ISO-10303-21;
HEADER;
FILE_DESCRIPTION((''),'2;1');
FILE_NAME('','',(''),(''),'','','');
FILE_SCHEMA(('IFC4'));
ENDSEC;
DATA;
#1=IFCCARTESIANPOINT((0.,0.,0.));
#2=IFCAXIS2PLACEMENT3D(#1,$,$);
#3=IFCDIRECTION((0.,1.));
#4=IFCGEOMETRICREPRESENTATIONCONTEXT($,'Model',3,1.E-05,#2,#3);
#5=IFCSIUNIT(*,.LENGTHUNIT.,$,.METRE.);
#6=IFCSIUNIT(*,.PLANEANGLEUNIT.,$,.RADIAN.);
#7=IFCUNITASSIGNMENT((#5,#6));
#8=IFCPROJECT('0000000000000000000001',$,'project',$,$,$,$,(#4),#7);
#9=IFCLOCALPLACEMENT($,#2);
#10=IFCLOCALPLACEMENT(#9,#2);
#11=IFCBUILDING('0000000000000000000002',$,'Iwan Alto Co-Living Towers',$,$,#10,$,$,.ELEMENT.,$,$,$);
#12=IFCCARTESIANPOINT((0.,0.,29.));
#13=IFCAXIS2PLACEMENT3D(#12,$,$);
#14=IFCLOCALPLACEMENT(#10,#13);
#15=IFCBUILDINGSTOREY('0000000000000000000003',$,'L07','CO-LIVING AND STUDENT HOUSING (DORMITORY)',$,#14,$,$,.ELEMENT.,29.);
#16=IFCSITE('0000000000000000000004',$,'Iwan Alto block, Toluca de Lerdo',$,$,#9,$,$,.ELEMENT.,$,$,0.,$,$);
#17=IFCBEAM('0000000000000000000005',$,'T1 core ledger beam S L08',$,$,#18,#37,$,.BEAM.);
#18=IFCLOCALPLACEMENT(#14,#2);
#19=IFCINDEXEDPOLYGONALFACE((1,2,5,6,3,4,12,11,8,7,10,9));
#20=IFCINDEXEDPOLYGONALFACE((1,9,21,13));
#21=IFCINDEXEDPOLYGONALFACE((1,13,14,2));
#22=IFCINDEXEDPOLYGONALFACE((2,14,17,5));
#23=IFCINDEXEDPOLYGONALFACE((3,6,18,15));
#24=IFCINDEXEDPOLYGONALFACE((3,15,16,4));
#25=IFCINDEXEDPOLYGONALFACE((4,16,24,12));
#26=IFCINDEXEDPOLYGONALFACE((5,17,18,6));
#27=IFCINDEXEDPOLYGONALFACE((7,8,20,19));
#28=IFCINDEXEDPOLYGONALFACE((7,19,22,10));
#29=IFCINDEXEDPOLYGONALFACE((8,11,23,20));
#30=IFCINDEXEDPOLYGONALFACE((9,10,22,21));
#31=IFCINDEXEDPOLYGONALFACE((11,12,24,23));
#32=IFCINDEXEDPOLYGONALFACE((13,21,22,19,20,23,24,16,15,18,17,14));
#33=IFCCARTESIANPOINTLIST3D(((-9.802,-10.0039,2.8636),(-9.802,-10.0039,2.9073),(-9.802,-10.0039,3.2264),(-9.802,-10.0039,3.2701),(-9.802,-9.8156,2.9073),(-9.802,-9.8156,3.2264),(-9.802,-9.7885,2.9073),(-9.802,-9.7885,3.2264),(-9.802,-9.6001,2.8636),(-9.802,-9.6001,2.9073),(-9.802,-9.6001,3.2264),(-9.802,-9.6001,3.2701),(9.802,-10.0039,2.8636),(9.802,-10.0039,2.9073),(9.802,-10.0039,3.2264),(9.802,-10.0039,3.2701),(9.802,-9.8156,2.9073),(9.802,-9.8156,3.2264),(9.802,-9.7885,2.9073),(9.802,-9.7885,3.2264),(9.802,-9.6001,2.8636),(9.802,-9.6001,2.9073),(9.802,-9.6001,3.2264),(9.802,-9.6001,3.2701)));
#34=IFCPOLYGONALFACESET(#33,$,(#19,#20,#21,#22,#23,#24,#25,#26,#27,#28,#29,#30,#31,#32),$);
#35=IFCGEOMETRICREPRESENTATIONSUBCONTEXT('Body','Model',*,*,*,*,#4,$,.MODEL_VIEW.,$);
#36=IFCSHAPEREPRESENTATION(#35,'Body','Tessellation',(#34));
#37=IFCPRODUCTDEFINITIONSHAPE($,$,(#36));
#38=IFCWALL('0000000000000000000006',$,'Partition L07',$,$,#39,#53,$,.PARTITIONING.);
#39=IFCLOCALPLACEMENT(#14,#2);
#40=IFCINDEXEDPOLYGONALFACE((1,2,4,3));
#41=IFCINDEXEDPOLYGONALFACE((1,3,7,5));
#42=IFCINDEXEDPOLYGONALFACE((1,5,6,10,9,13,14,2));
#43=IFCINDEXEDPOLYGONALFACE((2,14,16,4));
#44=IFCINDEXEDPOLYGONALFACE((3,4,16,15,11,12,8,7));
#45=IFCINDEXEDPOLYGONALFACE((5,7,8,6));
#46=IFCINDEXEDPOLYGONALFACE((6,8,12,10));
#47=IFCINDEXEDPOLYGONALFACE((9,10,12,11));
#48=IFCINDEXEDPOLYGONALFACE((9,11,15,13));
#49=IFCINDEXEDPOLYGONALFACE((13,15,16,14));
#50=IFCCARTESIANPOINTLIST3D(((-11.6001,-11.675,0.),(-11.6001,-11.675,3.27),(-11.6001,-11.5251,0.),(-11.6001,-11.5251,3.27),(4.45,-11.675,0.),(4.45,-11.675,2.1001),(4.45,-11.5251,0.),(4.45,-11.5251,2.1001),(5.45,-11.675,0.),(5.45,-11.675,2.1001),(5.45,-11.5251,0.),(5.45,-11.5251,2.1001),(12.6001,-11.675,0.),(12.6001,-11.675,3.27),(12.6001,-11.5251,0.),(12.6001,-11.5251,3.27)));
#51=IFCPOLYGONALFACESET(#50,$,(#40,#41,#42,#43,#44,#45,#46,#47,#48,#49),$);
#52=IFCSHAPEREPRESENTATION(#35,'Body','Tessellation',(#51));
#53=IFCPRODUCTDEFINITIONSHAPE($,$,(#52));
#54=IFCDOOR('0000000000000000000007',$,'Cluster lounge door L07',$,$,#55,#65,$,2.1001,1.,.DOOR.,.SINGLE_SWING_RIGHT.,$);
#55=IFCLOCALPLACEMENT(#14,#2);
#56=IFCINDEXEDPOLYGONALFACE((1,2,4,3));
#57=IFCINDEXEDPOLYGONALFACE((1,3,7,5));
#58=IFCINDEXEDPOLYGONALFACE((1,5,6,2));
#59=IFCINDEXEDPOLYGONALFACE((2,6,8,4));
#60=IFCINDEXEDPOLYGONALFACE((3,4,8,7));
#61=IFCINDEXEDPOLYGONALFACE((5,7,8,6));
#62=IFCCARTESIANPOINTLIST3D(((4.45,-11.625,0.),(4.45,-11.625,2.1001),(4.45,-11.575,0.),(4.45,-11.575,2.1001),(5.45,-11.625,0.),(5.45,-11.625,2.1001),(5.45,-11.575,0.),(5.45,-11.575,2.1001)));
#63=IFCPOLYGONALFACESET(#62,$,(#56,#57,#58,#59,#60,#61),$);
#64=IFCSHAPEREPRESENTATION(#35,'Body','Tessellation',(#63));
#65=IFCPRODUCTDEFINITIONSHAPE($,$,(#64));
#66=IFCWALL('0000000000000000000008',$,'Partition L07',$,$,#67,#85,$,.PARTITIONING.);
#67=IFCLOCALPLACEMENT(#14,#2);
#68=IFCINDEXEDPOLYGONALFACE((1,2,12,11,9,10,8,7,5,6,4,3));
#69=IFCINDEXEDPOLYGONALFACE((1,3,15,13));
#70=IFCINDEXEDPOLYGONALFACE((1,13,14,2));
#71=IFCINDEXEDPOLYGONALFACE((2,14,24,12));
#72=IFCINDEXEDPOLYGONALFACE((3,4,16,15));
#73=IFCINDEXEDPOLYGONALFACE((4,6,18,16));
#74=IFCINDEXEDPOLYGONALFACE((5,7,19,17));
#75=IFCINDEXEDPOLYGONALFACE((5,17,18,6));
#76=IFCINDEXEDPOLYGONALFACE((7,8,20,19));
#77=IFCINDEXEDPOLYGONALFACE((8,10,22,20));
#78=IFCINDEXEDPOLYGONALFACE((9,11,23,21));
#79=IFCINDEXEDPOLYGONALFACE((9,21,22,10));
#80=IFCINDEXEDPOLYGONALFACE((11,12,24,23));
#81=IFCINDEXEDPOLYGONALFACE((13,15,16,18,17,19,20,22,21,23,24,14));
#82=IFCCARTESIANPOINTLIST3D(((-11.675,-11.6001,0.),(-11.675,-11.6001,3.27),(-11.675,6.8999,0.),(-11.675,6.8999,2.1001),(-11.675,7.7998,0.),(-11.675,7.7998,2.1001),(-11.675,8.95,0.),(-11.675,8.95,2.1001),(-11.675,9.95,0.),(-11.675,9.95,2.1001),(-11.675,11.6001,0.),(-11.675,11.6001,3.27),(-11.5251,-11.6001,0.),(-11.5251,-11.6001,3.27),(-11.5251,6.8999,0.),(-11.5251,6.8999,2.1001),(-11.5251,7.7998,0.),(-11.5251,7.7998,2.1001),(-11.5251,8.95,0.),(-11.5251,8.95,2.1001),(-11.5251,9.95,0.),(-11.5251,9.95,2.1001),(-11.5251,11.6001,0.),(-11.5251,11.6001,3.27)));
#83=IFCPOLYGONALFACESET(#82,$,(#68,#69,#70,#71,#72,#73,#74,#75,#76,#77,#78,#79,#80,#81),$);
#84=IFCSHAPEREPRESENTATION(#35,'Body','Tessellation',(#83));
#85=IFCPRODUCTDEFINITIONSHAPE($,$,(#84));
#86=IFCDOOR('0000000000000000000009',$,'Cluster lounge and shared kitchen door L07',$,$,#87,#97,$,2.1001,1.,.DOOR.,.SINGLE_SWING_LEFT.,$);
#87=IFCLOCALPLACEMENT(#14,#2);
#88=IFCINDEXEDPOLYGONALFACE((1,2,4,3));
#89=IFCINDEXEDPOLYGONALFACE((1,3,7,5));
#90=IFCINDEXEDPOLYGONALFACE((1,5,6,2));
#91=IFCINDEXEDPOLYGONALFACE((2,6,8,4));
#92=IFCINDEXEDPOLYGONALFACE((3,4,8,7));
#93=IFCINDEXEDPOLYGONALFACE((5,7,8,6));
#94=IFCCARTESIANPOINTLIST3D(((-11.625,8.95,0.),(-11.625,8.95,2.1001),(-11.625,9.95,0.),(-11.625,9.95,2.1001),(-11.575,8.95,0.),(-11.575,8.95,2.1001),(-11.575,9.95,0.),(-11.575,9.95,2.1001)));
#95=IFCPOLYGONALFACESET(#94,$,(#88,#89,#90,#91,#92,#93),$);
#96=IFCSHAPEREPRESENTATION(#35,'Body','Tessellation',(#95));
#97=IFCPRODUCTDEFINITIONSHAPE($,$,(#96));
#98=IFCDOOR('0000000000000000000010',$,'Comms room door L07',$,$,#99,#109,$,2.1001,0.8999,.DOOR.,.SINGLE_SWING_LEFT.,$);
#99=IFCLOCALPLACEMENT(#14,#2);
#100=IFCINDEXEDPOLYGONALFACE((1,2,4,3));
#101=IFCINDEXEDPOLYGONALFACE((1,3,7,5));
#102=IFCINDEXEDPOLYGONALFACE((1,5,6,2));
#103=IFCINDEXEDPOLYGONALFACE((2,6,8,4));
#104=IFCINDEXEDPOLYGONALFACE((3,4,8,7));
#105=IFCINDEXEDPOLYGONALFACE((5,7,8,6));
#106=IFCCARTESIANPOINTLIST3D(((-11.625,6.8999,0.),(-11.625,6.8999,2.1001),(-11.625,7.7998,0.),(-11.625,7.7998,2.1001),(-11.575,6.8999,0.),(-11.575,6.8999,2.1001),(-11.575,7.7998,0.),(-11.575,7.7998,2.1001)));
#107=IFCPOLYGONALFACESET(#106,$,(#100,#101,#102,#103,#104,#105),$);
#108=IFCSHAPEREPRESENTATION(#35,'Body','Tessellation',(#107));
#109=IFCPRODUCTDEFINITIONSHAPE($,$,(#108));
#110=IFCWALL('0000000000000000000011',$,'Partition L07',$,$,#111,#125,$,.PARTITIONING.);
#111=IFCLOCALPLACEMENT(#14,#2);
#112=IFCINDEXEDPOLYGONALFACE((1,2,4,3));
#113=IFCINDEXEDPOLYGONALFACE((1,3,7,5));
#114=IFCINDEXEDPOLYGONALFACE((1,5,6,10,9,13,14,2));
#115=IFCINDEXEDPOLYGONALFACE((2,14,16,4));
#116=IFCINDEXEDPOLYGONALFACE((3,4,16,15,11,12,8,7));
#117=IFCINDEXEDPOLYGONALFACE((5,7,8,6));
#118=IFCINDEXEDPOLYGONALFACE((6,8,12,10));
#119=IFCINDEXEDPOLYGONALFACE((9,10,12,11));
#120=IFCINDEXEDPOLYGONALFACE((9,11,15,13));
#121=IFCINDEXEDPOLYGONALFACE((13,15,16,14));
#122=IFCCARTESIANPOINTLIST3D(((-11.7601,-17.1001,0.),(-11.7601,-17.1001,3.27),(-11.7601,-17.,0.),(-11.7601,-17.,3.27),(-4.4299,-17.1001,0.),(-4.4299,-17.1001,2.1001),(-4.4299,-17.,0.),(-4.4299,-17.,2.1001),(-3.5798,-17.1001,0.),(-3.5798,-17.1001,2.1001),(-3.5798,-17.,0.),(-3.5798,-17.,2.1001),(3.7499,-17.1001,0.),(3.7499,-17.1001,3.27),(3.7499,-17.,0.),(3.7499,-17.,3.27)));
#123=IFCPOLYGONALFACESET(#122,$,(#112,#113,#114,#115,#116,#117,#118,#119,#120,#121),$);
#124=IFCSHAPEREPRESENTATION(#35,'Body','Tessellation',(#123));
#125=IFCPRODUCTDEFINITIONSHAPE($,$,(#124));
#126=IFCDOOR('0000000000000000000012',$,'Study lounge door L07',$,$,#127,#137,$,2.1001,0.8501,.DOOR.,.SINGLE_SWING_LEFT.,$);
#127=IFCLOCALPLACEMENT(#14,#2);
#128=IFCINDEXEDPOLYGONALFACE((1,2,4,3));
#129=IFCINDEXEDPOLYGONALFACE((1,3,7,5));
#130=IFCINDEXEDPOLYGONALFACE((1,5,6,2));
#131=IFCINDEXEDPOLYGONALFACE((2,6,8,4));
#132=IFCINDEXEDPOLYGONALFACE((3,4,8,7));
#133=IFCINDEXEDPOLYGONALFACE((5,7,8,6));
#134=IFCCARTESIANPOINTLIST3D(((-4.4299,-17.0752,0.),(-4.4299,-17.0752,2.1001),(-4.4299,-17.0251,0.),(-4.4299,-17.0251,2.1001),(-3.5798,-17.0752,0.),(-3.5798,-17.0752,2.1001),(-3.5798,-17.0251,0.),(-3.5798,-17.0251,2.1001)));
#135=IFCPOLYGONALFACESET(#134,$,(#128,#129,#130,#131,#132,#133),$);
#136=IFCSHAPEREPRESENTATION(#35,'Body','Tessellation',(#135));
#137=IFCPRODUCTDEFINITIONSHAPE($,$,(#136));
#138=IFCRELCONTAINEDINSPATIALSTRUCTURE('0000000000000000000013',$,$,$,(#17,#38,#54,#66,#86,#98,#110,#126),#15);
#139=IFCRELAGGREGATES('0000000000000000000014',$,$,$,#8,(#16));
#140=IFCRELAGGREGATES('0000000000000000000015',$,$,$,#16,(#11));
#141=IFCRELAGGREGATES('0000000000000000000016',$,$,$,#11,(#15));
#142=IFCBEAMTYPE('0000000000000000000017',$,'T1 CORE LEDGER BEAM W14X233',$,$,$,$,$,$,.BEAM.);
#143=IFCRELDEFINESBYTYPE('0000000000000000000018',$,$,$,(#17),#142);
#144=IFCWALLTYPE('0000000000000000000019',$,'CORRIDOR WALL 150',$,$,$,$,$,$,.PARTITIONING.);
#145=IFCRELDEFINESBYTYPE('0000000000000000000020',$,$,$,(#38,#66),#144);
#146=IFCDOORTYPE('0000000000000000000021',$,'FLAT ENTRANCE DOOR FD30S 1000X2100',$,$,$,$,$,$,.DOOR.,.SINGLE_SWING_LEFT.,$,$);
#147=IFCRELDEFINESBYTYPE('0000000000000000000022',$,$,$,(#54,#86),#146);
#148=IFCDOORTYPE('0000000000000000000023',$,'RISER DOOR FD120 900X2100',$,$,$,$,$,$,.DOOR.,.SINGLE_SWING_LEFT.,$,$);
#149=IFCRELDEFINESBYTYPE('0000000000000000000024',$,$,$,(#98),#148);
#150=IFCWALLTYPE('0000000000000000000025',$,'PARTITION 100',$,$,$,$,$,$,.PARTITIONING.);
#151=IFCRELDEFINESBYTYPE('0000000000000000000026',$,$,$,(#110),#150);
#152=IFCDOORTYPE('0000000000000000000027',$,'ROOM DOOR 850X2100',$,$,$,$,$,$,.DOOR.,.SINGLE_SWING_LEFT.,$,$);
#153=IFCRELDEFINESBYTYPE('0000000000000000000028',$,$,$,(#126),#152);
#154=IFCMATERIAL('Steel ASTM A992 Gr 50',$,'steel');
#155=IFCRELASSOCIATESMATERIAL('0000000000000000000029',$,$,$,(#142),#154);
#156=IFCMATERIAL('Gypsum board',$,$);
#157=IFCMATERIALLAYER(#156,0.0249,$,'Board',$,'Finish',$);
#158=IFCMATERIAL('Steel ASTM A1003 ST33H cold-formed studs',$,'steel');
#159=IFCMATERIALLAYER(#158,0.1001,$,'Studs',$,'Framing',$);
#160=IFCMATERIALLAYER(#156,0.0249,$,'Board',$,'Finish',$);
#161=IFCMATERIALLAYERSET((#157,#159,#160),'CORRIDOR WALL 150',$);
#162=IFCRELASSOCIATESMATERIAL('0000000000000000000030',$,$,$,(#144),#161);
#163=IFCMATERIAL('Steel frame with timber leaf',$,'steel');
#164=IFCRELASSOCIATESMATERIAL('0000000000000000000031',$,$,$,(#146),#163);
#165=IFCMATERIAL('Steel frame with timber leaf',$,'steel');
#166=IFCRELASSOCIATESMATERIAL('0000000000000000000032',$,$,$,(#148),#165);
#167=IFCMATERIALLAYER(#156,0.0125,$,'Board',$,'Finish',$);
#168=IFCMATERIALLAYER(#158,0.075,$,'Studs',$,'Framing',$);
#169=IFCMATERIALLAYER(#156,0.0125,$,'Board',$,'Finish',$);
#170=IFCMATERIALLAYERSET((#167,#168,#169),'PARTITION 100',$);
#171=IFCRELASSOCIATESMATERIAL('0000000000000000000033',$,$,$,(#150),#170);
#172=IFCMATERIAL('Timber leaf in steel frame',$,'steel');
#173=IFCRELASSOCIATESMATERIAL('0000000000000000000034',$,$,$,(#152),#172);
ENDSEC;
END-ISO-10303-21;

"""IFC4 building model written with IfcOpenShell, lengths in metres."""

from ifc_helpers import new_model, si_unit, direction, frame, frame_2d, origin, origin_2d, place, context, subcontext, project, spatial, rectangle, i_section, extrude, material, layer, layer_set, material_profile, profile_set, type_object, element, fill, save


model = new_model("IFC4")

# Units and contexts
model_context = context("Model", 3, precision=1e-05, world=origin(), true_north=direction((0.0, 1.0)))
body_context = subcontext(model_context, "Body", "Model", "MODEL_VIEW")
ifc_project = project(units=[si_unit("LENGTHUNIT", "METRE"), si_unit("PLANEANGLEUNIT", "RADIAN")], contexts=[model_context])

# Site, building, storey
site_placement = place(None, origin())
site = spatial("IfcSite", under=ifc_project, at=site_placement, Name="Iwan Alto block, Toluca de Lerdo", CompositionType="ELEMENT", RefElevation=0.0)
building_placement = place(site_placement, origin())
building = spatial("IfcBuilding", under=site, at=building_placement, Name="Iwan Alto Co-Living Towers", CompositionType="ELEMENT")
storey_placement = place(building_placement, frame((0.0, 0.0, 29.0)))
storey = spatial("IfcBuildingStorey", under=building, at=storey_placement, Name="L07", Description="CO-LIVING AND STUDENT HOUSING (DORMITORY)", CompositionType="ELEMENT", Elevation=29.0)

# Beam
ifc_material_1 = material(Name="Steel ASTM A992 Gr 50", Category="steel")
ifc_material_profile = material_profile(ifc_material_1, i_section(OverallWidth=0.4038, OverallDepth=0.4065, WebThickness=0.0271, FlangeThickness=0.0437, at=origin_2d()), Name="W14X233")
ifc_profile_set = profile_set([ifc_material_profile], Name="Steel ASTM A992 Gr 50")
beam_type = type_object("IfcBeamType", Name="T1 CORE LEDGER BEAM W14X233", PredefinedType="BEAM", material=ifc_profile_set)
beam_placement = place(storey_placement, frame((-9.802, -9.802, 3.0669), z_axis=(1.0, 0.0, 0.0), x_axis=(0.0, 1.0, 0.0)))
element("IfcBeam", 1, at=beam_placement, inside=storey, type_object=beam_type, Name="T1 core ledger beam S L08", PredefinedType="BEAM", context=body_context, shape_type="SweptSolid", body=[
    extrude(i_section(OverallWidth=0.4038, OverallDepth=0.4065, WebThickness=0.0271, FlangeThickness=0.0437, at=origin_2d()), origin(), (0.0, 0.0, 1.0), 19.604),
])

# Wall, opening, door
ifc_material_2 = material(Name="Gypsum board")
ifc_layer_1 = layer(ifc_material_2, 0.0249, Name="Board", Category="Finish")
ifc_material_3 = material(Name="Steel ASTM A1003 ST33H cold-formed studs", Category="steel")
ifc_layer_2 = layer(ifc_material_3, 0.1001, Name="Studs", Category="Framing")
ifc_layer_3 = layer(ifc_material_2, 0.0249, Name="Board", Category="Finish")
ifc_layer_set_1 = layer_set([ifc_layer_1, ifc_layer_2, ifc_layer_3], Name="CORRIDOR WALL 150")
wall_type_1 = type_object("IfcWallType", Name="CORRIDOR WALL 150", PredefinedType="PARTITIONING", material=ifc_layer_set_1)
wall_1_placement = place(storey_placement, frame((-11.6001, -11.6001, 0.0), z_axis=(0.0, 0.0, 1.0), x_axis=(1.0, 0.0, 0.0)))
wall_1 = element("IfcWall", 2, at=wall_1_placement, inside=storey, type_object=wall_type_1, Name="Partition L07", PredefinedType="PARTITIONING", context=body_context, shape_type="SweptSolid", body=[
    extrude(rectangle(XDim=24.2002, YDim=0.1499, at=frame_2d((12.1001, 0.0))), origin(), (0.0, 0.0, 1.0), 3.27),
])
opening_1_placement = place(wall_1_placement, frame((16.05, 0.0, 0.0)))
opening_1 = element("IfcOpeningElement", 3, at=opening_1_placement, cuts=wall_1, PredefinedType="OPENING", context=body_context, shape_type="SweptSolid", body=[
    extrude(rectangle(XDim=1.0, YDim=2.1001, at=frame_2d((0.5, 1.05))), frame((0.0, 0.085, 0.0), z_axis=(0.0, -1.0, 0.0), x_axis=(1.0, 0.0, 0.0)), (0.0, 0.0, 1.0), 0.1699),
])
ifc_material_4 = material(Name="Steel frame with timber leaf", Category="steel")
door_type_1 = type_object("IfcDoorType", Name="FLAT ENTRANCE DOOR FD30S 1000X2100", OperationType="SINGLE_SWING_LEFT", PredefinedType="DOOR", material=ifc_material_4)
door_1_placement = place(opening_1_placement, frame((1.0, 0.0, 0.0), z_axis=(0.0, 0.0, 1.0), x_axis=(-1.0, 0.0, 0.0)))
door_1 = element("IfcDoor", 4, at=door_1_placement, inside=storey, type_object=door_type_1, Name="Cluster lounge door L07", OperationType="SINGLE_SWING_RIGHT", OverallHeight=2.1001, OverallWidth=1.0, PredefinedType="DOOR", context=body_context, shape_type="SweptSolid", body=[
    extrude(rectangle(XDim=1.0, YDim=2.1001, at=frame_2d((0.5, 1.05))), frame((0.0, 0.0249, 0.0), z_axis=(0.0, -1.0, 0.0), x_axis=(1.0, 0.0, 0.0)), (0.0, 0.0, 1.0), 0.05),
])
fill(opening_1, door_1)

# Wall, openings, doors
wall_2_placement = place(storey_placement, frame((-11.6001, -11.6001, 0.0), z_axis=(0.0, 0.0, 1.0), x_axis=(0.0, 1.0, 0.0)))
wall_2 = element("IfcWall", 5, at=wall_2_placement, inside=storey, type_object=wall_type_1, Name="Partition L07", PredefinedType="PARTITIONING", context=body_context, shape_type="SweptSolid", body=[
    extrude(rectangle(XDim=23.2002, YDim=0.1499, at=frame_2d((11.6001, 0.0))), origin(), (0.0, 0.0, 1.0), 3.27),
])
opening_2_placement = place(wall_2_placement, frame((20.55, 0.0, 0.0)))
opening_2 = element("IfcOpeningElement", 6, at=opening_2_placement, cuts=wall_2, PredefinedType="OPENING", context=body_context, shape_type="SweptSolid", body=[
    extrude(rectangle(XDim=1.0, YDim=2.1001, at=frame_2d((0.5, 1.05))), frame((0.0, 0.085, 0.0), z_axis=(0.0, -1.0, 0.0), x_axis=(1.0, 0.0, 0.0)), (0.0, 0.0, 1.0), 0.1699),
])
opening_3_placement = place(wall_2_placement, frame((18.5, 0.0, 0.0)))
opening_3 = element("IfcOpeningElement", 7, at=opening_3_placement, cuts=wall_2, PredefinedType="OPENING", context=body_context, shape_type="SweptSolid", body=[
    extrude(rectangle(XDim=0.8999, YDim=2.1001, at=frame_2d((0.45, 1.05))), frame((0.0, 0.085, 0.0), z_axis=(0.0, -1.0, 0.0), x_axis=(1.0, 0.0, 0.0)), (0.0, 0.0, 1.0), 0.1699),
])
door_2_placement = place(opening_2_placement, origin())
door_2 = element("IfcDoor", 8, at=door_2_placement, inside=storey, type_object=door_type_1, Name="Cluster lounge and shared kitchen door L07", OperationType="SINGLE_SWING_LEFT", OverallHeight=2.1001, OverallWidth=1.0, PredefinedType="DOOR", context=body_context, shape_type="SweptSolid", body=[
    extrude(rectangle(XDim=1.0, YDim=2.1001, at=frame_2d((0.5, 1.05))), frame((0.0, 0.0249, 0.0), z_axis=(0.0, -1.0, 0.0), x_axis=(1.0, 0.0, 0.0)), (0.0, 0.0, 1.0), 0.05),
])
fill(opening_2, door_2)
ifc_material_5 = material(Name="Steel frame with timber leaf", Category="steel")
door_type_2 = type_object("IfcDoorType", Name="RISER DOOR FD120 900X2100", OperationType="SINGLE_SWING_LEFT", PredefinedType="DOOR", material=ifc_material_5)
door_3_placement = place(opening_3_placement, origin())
door_3 = element("IfcDoor", 9, at=door_3_placement, inside=storey, type_object=door_type_2, Name="Comms room door L07", OperationType="SINGLE_SWING_LEFT", OverallHeight=2.1001, OverallWidth=0.8999, PredefinedType="DOOR", context=body_context, shape_type="SweptSolid", body=[
    extrude(rectangle(XDim=0.8999, YDim=2.1001, at=frame_2d((0.45, 1.05))), frame((0.0, 0.0249, 0.0), z_axis=(0.0, -1.0, 0.0), x_axis=(1.0, 0.0, 0.0)), (0.0, 0.0, 1.0), 0.05),
])
fill(opening_3, door_3)

# Wall, opening, door
ifc_layer_4 = layer(ifc_material_2, 0.0125, Name="Board", Category="Finish")
ifc_layer_5 = layer(ifc_material_3, 0.075, Name="Studs", Category="Framing")
ifc_layer_6 = layer(ifc_material_2, 0.0125, Name="Board", Category="Finish")
ifc_layer_set_2 = layer_set([ifc_layer_4, ifc_layer_5, ifc_layer_6], Name="PARTITION 100")
wall_type_2 = type_object("IfcWallType", Name="PARTITION 100", PredefinedType="PARTITIONING", material=ifc_layer_set_2)
wall_3_placement = place(storey_placement, frame((-11.76, -17.05, 0.0), z_axis=(0.0, 0.0, 1.0), x_axis=(1.0, 0.0, 0.0)))
wall_3 = element("IfcWall", 10, at=wall_3_placement, inside=storey, type_object=wall_type_2, Name="Partition L07", PredefinedType="PARTITIONING", context=body_context, shape_type="SweptSolid", body=[
    extrude(rectangle(XDim=15.51, YDim=0.1001, at=frame_2d((7.7549, 0.0))), origin(), (0.0, 0.0, 1.0), 3.27),
])
opening_4_placement = place(wall_3_placement, frame((7.3301, 0.0, 0.0)))
opening_4 = element("IfcOpeningElement", 11, at=opening_4_placement, cuts=wall_3, PredefinedType="OPENING", context=body_context, shape_type="SweptSolid", body=[
    extrude(rectangle(XDim=0.8501, YDim=2.1001, at=frame_2d((0.425, 1.05))), frame((0.0, 0.0601, 0.0), z_axis=(0.0, -1.0, 0.0), x_axis=(1.0, 0.0, 0.0)), (0.0, 0.0, 1.0), 0.1201),
])
ifc_material_6 = material(Name="Timber leaf in steel frame", Category="steel")
door_type_3 = type_object("IfcDoorType", Name="ROOM DOOR 850X2100", OperationType="SINGLE_SWING_LEFT", PredefinedType="DOOR", material=ifc_material_6)
door_4_placement = place(opening_4_placement, origin())
door_4 = element("IfcDoor", 12, at=door_4_placement, inside=storey, type_object=door_type_3, Name="Study lounge door L07", OperationType="SINGLE_SWING_LEFT", OverallHeight=2.1001, OverallWidth=0.8501, PredefinedType="DOOR", context=body_context, shape_type="SweptSolid", body=[
    extrude(rectangle(XDim=0.8501, YDim=2.1001, at=frame_2d((0.425, 1.05))), frame((0.0, 0.0249, 0.0), z_axis=(0.0, -1.0, 0.0), x_axis=(1.0, 0.0, 0.0)), (0.0, 0.0, 1.0), 0.05),
])
fill(opening_4, door_4)

save(model, "model.ifc")
